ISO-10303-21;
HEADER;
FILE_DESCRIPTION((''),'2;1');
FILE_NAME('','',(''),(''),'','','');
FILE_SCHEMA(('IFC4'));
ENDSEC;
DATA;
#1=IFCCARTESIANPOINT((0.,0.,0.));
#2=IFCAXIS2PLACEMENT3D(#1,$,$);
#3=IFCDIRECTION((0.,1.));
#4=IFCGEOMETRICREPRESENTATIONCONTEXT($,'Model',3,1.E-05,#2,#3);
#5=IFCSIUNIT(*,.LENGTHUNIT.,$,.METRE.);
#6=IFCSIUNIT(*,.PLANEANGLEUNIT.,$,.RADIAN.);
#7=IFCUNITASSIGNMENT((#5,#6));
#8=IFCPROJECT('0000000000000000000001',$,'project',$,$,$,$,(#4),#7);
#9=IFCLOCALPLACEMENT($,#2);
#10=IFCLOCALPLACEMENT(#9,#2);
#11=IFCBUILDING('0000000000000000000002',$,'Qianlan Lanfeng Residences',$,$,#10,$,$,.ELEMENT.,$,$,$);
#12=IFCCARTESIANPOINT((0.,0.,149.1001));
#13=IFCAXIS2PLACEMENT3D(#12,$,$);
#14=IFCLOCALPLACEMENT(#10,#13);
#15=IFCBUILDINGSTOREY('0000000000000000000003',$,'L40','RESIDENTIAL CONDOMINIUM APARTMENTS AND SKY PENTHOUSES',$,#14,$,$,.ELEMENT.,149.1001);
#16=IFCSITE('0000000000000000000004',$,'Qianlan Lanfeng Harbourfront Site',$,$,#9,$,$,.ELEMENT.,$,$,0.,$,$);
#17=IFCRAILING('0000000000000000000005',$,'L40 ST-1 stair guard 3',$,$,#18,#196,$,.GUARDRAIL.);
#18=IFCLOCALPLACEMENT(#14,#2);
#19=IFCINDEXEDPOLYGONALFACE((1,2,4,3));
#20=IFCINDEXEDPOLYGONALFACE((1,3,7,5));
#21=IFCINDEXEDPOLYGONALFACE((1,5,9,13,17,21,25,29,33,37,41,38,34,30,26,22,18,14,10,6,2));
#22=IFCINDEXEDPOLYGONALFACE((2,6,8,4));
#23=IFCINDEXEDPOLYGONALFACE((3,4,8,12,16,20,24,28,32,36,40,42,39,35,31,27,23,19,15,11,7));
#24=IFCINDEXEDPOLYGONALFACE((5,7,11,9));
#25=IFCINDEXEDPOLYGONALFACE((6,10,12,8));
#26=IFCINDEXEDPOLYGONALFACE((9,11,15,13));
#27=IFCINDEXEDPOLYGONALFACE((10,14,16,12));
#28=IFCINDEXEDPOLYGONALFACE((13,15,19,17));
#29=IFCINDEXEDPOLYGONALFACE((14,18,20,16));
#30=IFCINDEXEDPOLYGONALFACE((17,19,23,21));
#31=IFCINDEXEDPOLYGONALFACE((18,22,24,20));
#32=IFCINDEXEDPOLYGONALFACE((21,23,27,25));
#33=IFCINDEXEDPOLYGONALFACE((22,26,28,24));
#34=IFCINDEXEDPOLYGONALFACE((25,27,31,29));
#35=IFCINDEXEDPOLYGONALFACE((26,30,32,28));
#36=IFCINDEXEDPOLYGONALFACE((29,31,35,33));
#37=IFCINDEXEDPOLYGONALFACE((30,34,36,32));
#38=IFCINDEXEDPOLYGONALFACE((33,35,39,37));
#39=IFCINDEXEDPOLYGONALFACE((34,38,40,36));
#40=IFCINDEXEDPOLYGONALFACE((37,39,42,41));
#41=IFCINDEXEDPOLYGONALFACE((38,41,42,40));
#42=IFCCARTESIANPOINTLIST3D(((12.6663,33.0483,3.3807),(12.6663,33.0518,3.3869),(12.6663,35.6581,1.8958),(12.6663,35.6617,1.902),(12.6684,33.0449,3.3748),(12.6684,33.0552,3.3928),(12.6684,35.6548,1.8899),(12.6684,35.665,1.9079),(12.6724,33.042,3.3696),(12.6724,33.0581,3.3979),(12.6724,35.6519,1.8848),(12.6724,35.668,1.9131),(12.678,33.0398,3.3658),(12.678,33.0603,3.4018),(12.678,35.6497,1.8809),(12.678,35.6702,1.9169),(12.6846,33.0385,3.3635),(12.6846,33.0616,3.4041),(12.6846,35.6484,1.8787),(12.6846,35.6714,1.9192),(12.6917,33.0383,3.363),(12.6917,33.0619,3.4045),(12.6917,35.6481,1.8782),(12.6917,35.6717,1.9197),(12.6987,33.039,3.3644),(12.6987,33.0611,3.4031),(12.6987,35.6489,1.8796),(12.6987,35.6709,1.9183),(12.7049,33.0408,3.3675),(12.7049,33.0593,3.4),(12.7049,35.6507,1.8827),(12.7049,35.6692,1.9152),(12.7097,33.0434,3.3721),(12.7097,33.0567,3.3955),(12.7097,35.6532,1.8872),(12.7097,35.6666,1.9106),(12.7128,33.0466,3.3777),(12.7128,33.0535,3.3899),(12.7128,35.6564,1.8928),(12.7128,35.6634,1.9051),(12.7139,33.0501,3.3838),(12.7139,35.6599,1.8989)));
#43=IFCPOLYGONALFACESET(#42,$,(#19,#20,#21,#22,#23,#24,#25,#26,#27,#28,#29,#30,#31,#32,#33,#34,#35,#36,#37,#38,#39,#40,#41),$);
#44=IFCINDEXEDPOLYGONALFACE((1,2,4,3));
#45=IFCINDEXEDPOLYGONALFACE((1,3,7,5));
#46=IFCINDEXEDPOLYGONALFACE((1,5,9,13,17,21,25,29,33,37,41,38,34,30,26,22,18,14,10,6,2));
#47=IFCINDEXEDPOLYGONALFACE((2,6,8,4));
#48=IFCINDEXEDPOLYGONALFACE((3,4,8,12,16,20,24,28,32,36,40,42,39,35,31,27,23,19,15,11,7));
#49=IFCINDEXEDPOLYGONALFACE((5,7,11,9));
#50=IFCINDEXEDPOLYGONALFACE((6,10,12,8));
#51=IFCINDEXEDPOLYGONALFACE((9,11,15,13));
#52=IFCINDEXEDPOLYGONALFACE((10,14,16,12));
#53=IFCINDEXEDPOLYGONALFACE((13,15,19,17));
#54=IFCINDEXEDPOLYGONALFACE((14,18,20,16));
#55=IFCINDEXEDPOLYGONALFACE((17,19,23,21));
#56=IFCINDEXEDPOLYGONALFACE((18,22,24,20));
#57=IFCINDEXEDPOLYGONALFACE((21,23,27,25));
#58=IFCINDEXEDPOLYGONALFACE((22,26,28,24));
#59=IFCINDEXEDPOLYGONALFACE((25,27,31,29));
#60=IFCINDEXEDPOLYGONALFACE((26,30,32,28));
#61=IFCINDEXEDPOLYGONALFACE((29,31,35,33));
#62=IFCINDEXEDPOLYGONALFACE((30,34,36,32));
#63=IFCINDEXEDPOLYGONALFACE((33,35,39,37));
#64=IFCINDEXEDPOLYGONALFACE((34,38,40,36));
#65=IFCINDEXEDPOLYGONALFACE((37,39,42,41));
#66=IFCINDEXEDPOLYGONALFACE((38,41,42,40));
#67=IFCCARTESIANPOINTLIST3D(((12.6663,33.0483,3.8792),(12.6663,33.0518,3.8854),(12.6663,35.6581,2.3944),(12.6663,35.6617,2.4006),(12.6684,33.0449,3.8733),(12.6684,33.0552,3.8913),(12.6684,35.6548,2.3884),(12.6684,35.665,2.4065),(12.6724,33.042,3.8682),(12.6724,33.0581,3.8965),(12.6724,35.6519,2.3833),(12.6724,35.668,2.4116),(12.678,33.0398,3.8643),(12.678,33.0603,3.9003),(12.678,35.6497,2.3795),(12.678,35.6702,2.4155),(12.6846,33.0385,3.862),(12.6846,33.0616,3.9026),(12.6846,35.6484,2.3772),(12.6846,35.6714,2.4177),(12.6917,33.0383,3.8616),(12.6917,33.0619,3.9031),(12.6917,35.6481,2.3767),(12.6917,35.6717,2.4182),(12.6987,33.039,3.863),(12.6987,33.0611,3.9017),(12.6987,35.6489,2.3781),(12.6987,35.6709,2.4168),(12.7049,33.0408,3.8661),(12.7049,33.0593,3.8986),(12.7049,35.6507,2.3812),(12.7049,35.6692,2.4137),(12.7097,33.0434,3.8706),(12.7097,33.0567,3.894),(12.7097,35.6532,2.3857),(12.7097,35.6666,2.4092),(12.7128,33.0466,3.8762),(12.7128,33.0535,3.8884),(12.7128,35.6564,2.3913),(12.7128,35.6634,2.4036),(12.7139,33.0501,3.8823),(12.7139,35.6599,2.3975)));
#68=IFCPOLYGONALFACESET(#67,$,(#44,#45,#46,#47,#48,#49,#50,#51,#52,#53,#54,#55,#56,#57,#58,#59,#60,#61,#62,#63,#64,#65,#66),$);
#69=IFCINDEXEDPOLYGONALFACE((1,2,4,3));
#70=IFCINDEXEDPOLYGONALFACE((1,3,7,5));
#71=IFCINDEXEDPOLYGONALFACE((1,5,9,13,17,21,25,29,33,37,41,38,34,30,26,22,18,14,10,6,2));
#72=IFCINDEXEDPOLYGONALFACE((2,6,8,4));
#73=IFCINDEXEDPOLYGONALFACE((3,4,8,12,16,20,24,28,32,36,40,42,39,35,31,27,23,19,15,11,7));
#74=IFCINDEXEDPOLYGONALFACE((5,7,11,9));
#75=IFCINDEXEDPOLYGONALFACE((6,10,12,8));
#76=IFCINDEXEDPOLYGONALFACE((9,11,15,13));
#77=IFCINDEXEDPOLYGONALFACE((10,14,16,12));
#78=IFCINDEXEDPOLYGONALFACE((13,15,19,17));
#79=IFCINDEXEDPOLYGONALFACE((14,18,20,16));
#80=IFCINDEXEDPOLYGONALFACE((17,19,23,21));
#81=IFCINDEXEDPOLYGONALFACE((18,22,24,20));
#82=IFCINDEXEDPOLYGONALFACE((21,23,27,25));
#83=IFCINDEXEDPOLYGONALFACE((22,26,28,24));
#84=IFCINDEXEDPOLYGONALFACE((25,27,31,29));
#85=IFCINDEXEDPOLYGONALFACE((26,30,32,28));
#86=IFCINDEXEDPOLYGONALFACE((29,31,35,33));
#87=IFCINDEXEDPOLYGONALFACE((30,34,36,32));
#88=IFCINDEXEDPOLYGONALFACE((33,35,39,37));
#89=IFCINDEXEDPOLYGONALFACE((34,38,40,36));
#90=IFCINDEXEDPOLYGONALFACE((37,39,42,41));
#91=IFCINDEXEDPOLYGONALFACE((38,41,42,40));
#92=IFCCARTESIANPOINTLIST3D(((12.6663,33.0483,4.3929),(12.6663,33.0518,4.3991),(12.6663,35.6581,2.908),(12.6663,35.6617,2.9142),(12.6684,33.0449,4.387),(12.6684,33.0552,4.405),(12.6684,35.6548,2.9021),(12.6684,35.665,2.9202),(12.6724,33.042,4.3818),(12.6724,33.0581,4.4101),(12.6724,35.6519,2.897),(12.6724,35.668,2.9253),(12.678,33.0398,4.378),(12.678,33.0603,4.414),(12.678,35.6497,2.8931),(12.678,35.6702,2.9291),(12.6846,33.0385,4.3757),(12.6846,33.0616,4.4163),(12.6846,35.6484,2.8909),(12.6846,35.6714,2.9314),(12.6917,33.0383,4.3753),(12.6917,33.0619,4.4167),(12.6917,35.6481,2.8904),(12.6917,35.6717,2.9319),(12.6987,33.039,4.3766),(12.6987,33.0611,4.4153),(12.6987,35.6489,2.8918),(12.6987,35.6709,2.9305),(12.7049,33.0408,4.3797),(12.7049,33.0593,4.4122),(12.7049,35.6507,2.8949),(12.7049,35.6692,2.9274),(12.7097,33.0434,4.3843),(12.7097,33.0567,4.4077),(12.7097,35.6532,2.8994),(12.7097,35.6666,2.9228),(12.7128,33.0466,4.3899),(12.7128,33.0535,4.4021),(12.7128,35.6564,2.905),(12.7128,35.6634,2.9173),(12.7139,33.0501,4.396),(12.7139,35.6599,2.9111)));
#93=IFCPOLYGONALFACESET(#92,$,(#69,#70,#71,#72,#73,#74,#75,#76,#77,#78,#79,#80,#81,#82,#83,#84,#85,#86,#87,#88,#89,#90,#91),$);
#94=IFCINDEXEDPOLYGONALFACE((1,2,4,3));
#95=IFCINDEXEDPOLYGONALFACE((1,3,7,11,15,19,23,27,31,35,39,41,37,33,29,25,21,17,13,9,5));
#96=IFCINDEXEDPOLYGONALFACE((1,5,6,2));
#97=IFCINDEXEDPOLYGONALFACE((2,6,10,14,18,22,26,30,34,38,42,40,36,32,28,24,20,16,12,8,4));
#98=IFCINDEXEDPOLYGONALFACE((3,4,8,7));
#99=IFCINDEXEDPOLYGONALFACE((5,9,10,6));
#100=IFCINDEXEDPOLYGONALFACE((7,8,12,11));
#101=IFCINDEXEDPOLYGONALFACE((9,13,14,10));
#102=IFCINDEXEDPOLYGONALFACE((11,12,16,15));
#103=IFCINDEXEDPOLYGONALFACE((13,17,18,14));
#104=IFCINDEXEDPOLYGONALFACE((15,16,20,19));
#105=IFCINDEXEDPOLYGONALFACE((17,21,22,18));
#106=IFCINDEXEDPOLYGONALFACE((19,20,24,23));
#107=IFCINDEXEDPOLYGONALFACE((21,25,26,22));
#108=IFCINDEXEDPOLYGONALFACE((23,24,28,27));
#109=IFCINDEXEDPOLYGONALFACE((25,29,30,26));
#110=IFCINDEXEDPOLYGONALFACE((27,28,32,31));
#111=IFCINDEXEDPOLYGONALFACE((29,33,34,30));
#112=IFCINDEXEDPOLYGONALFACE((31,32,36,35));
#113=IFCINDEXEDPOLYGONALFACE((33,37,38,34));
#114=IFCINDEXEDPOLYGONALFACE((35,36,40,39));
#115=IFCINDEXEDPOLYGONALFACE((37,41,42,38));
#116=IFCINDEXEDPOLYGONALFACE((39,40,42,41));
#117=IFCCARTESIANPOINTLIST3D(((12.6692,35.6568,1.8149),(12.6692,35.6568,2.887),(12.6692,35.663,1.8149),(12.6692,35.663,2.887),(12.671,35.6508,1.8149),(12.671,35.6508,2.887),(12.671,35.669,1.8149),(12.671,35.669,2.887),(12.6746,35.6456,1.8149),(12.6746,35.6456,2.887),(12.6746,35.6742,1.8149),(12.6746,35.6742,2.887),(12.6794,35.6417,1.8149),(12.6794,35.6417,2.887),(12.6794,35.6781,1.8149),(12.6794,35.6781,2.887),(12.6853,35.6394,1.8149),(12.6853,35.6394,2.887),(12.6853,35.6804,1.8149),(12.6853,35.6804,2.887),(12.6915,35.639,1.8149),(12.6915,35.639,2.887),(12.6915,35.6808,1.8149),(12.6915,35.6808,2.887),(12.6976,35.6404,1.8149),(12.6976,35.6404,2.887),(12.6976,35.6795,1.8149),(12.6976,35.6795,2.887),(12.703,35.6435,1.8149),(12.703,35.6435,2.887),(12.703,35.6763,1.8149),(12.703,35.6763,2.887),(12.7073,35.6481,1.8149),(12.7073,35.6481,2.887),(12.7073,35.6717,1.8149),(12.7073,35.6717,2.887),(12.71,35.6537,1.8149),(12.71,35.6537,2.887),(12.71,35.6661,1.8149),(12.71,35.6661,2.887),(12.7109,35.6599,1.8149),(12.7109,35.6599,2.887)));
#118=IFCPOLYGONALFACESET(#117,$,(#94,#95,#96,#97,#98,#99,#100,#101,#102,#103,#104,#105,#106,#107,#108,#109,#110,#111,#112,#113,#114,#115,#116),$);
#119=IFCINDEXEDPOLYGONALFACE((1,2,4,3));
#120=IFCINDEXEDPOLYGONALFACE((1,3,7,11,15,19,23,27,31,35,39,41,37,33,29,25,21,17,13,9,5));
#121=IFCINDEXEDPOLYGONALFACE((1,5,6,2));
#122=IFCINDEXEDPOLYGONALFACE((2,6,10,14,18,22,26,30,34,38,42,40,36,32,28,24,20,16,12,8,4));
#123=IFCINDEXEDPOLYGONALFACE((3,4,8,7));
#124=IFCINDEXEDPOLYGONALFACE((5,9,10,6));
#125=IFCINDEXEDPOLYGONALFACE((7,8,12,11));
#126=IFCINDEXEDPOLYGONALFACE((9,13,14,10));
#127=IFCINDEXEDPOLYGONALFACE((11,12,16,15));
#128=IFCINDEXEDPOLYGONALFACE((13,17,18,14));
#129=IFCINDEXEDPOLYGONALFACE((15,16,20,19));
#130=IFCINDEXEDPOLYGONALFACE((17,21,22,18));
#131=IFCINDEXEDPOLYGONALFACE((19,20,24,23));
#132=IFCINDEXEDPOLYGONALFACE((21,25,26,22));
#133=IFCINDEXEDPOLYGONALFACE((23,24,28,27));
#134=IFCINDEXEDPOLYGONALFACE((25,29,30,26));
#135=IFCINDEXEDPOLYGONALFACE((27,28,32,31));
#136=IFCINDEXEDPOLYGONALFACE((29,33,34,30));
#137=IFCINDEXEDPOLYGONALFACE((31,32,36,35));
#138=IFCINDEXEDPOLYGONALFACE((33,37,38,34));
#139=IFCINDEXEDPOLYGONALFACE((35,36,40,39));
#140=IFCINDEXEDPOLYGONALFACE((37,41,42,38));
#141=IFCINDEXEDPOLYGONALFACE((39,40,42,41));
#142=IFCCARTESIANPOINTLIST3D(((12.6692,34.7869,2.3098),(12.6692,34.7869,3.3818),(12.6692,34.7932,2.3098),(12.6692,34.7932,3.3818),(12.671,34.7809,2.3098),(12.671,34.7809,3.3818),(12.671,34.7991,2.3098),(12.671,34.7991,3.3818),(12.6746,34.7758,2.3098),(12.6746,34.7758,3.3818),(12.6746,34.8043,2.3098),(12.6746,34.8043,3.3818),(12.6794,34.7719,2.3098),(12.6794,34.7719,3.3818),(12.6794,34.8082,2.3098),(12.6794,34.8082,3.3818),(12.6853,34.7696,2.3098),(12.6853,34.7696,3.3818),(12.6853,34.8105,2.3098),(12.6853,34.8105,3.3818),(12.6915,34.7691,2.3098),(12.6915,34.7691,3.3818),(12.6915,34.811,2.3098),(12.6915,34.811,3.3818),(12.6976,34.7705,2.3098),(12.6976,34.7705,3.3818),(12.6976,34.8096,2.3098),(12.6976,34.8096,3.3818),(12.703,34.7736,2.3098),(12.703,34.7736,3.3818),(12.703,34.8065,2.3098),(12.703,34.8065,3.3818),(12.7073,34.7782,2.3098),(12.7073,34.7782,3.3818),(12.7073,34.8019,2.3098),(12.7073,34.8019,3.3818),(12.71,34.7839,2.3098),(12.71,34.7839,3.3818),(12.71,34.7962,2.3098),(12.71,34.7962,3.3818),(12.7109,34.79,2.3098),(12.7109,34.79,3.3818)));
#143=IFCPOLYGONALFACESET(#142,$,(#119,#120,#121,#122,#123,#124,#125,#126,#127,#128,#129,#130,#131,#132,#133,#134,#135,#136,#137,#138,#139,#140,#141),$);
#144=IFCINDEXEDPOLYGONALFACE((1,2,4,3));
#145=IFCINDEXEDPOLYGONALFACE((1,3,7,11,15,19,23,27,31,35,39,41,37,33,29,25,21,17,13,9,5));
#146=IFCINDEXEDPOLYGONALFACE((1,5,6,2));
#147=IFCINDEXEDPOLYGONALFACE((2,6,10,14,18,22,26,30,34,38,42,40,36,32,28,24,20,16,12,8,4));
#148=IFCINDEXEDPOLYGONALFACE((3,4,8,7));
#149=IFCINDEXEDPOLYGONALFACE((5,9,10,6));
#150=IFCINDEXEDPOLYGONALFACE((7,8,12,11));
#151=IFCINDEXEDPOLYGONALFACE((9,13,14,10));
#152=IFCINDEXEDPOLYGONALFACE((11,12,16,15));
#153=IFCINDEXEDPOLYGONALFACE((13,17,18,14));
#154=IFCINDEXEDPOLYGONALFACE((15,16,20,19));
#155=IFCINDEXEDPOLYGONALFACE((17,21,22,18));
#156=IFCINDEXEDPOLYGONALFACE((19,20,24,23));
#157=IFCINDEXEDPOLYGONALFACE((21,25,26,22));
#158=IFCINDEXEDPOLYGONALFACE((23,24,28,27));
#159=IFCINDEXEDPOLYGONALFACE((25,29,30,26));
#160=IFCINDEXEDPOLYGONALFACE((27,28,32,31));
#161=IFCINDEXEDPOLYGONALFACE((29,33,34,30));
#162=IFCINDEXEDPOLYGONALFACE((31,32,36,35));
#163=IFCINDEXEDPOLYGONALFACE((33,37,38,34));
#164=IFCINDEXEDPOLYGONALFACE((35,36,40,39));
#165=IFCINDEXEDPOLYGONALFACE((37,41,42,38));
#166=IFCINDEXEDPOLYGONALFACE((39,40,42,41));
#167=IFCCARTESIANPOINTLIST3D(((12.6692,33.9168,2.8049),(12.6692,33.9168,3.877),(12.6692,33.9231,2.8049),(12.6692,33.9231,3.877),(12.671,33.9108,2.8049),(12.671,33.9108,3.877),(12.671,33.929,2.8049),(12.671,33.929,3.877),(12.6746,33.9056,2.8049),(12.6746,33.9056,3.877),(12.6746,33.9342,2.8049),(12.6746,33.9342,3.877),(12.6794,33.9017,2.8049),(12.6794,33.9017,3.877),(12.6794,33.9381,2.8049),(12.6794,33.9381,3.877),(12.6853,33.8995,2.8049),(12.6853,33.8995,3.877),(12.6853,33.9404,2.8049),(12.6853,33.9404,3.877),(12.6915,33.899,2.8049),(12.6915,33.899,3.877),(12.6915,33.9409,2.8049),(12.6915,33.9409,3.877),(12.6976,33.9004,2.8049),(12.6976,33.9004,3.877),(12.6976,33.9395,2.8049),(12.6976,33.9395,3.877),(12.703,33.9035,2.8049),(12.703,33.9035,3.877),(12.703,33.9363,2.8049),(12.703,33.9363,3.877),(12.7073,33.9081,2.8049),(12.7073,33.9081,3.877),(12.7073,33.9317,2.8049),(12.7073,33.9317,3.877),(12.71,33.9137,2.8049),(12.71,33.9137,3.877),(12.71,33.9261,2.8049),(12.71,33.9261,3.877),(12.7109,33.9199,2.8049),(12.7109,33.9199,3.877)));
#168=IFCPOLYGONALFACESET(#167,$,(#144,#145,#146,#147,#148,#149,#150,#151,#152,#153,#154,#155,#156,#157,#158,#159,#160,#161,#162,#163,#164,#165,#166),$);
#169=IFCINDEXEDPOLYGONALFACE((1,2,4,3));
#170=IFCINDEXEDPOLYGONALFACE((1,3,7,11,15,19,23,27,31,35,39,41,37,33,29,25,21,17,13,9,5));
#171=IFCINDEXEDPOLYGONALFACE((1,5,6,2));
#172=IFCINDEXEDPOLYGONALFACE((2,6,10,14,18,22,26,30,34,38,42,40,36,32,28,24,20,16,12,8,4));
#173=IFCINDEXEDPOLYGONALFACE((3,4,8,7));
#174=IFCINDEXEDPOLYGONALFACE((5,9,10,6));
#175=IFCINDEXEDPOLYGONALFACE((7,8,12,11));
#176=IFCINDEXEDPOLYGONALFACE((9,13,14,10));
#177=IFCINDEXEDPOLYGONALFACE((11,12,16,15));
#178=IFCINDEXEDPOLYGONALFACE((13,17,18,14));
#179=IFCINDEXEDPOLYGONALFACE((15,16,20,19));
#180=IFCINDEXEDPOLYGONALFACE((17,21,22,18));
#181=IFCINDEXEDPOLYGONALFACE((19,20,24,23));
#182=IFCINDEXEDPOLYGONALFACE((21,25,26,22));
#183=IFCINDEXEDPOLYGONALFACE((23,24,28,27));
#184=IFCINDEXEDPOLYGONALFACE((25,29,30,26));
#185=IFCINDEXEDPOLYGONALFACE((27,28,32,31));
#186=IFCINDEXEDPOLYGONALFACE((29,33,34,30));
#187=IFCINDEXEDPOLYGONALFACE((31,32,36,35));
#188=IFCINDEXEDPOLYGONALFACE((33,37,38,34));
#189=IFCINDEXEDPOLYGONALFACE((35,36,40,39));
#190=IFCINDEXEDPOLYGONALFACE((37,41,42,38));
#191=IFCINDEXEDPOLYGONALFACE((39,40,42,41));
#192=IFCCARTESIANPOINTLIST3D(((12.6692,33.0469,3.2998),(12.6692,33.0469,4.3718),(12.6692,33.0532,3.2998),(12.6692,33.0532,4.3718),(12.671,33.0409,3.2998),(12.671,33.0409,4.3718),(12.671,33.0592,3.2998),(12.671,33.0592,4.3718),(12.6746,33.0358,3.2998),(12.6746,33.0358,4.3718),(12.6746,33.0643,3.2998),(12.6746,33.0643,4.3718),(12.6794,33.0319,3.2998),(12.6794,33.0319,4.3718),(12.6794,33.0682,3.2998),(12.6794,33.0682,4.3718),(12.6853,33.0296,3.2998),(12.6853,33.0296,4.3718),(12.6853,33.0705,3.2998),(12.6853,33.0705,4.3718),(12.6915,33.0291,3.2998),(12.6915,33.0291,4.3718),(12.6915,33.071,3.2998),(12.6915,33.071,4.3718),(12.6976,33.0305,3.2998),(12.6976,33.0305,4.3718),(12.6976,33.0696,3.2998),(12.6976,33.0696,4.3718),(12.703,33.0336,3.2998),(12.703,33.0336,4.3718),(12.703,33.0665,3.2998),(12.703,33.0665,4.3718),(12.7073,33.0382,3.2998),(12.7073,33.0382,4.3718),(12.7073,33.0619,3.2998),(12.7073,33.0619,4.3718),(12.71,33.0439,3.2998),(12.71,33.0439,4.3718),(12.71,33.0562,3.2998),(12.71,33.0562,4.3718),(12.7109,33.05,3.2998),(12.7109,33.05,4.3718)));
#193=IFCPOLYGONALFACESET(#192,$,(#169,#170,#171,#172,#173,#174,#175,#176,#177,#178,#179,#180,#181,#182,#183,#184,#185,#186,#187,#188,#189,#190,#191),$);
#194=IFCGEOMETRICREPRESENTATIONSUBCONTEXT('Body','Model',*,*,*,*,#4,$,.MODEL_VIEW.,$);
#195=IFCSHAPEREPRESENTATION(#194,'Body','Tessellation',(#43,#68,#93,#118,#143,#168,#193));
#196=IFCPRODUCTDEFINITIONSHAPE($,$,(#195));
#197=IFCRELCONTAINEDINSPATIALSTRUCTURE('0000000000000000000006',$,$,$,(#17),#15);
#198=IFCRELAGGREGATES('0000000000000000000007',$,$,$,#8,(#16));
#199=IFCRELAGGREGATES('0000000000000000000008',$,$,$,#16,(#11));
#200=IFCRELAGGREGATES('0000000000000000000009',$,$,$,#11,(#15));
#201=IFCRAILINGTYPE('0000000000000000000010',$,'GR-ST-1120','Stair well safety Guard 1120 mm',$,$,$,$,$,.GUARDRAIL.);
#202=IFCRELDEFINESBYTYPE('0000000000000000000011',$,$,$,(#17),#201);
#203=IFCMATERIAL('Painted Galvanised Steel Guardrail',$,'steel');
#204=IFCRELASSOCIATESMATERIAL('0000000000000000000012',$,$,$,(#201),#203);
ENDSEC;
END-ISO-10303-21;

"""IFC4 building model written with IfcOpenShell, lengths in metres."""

from ifc_helpers import new_model, si_unit, direction, frame, origin, origin_2d, place, context, subcontext, project, spatial, circle, extrude, material, type_object, element, save


model = new_model("IFC4")

# Units and contexts
model_context = context("Model", 3, precision=1e-05, world=origin(), true_north=direction((0.0, 1.0)))
body_context = subcontext(model_context, "Body", "Model", "MODEL_VIEW")
ifc_project = project(units=[si_unit("LENGTHUNIT", "METRE"), si_unit("PLANEANGLEUNIT", "RADIAN")], contexts=[model_context])

# Site, building, storey
site_placement = place(None, origin())
site = spatial("IfcSite", under=ifc_project, at=site_placement, Name="Qianlan Lanfeng Harbourfront Site", CompositionType="ELEMENT", RefElevation=0.0)
building_placement = place(site_placement, origin())
building = spatial("IfcBuilding", under=site, at=building_placement, Name="Qianlan Lanfeng Residences", CompositionType="ELEMENT")
storey_placement = place(building_placement, frame((0.0, 0.0, 149.1001)))
storey = spatial("IfcBuildingStorey", under=building, at=storey_placement, Name="L40", Description="RESIDENTIAL CONDOMINIUM APARTMENTS AND SKY PENTHOUSES", CompositionType="ELEMENT", Elevation=149.1001)

# Railing
ifc_material_1 = material(Name="Painted Galvanised Steel Guardrail", Category="steel")
railing_type_1 = type_object("IfcRailingType", Name="GR-ST-1120", Description="Stair well safety Guard 1120 mm", PredefinedType="GUARDRAIL", material=ifc_material_1)
railing_1_placement = place(storey_placement, frame((12.6899, 35.6599, 1.8149)))
element("IfcRailing", 1, at=railing_1_placement, inside=storey, type_object=railing_type_1, Name="L40 ST-1 stair guard 3", PredefinedType="GUARDRAIL", context=body_context, shape_type="SweptSolid", body=[
    extrude(circle(Radius=0.0239, at=origin_2d()), frame((0.0, 0.0, 0.084), z_axis=(0.0, -0.869172, 0.494509), x_axis=(1.0, 0.0, 0.0)), (0.0, 0.0, 1.0), 3.0027),
    extrude(circle(Radius=0.0239, at=origin_2d()), frame((0.0, 0.0, 0.5825), z_axis=(0.0, -0.869172, 0.494509), x_axis=(1.0, 0.0, 0.0)), (0.0, 0.0, 1.0), 3.0027),
    extrude(circle(Radius=0.0239, at=origin_2d()), frame((0.0, 0.0, 1.0962), z_axis=(0.0, -0.869172, 0.494509), x_axis=(1.0, 0.0, 0.0)), (0.0, 0.0, 1.0), 3.0027),
    extrude(circle(Radius=0.021, at=origin_2d()), origin(), (0.0, 0.0, 1.0), 1.072),
    extrude(circle(Radius=0.021, at=origin_2d()), frame((0.0, -0.8699, 0.4949)), (0.0, 0.0, 1.0), 1.072),
    extrude(circle(Radius=0.021, at=origin_2d()), frame((0.0, -1.74, 0.99)), (0.0, 0.0, 1.0), 1.072),
    extrude(circle(Radius=0.021, at=origin_2d()), frame((0.0, -2.6099, 1.4849)), (0.0, 0.0, 1.0), 1.072),
])

save(model, "model.ifc")
